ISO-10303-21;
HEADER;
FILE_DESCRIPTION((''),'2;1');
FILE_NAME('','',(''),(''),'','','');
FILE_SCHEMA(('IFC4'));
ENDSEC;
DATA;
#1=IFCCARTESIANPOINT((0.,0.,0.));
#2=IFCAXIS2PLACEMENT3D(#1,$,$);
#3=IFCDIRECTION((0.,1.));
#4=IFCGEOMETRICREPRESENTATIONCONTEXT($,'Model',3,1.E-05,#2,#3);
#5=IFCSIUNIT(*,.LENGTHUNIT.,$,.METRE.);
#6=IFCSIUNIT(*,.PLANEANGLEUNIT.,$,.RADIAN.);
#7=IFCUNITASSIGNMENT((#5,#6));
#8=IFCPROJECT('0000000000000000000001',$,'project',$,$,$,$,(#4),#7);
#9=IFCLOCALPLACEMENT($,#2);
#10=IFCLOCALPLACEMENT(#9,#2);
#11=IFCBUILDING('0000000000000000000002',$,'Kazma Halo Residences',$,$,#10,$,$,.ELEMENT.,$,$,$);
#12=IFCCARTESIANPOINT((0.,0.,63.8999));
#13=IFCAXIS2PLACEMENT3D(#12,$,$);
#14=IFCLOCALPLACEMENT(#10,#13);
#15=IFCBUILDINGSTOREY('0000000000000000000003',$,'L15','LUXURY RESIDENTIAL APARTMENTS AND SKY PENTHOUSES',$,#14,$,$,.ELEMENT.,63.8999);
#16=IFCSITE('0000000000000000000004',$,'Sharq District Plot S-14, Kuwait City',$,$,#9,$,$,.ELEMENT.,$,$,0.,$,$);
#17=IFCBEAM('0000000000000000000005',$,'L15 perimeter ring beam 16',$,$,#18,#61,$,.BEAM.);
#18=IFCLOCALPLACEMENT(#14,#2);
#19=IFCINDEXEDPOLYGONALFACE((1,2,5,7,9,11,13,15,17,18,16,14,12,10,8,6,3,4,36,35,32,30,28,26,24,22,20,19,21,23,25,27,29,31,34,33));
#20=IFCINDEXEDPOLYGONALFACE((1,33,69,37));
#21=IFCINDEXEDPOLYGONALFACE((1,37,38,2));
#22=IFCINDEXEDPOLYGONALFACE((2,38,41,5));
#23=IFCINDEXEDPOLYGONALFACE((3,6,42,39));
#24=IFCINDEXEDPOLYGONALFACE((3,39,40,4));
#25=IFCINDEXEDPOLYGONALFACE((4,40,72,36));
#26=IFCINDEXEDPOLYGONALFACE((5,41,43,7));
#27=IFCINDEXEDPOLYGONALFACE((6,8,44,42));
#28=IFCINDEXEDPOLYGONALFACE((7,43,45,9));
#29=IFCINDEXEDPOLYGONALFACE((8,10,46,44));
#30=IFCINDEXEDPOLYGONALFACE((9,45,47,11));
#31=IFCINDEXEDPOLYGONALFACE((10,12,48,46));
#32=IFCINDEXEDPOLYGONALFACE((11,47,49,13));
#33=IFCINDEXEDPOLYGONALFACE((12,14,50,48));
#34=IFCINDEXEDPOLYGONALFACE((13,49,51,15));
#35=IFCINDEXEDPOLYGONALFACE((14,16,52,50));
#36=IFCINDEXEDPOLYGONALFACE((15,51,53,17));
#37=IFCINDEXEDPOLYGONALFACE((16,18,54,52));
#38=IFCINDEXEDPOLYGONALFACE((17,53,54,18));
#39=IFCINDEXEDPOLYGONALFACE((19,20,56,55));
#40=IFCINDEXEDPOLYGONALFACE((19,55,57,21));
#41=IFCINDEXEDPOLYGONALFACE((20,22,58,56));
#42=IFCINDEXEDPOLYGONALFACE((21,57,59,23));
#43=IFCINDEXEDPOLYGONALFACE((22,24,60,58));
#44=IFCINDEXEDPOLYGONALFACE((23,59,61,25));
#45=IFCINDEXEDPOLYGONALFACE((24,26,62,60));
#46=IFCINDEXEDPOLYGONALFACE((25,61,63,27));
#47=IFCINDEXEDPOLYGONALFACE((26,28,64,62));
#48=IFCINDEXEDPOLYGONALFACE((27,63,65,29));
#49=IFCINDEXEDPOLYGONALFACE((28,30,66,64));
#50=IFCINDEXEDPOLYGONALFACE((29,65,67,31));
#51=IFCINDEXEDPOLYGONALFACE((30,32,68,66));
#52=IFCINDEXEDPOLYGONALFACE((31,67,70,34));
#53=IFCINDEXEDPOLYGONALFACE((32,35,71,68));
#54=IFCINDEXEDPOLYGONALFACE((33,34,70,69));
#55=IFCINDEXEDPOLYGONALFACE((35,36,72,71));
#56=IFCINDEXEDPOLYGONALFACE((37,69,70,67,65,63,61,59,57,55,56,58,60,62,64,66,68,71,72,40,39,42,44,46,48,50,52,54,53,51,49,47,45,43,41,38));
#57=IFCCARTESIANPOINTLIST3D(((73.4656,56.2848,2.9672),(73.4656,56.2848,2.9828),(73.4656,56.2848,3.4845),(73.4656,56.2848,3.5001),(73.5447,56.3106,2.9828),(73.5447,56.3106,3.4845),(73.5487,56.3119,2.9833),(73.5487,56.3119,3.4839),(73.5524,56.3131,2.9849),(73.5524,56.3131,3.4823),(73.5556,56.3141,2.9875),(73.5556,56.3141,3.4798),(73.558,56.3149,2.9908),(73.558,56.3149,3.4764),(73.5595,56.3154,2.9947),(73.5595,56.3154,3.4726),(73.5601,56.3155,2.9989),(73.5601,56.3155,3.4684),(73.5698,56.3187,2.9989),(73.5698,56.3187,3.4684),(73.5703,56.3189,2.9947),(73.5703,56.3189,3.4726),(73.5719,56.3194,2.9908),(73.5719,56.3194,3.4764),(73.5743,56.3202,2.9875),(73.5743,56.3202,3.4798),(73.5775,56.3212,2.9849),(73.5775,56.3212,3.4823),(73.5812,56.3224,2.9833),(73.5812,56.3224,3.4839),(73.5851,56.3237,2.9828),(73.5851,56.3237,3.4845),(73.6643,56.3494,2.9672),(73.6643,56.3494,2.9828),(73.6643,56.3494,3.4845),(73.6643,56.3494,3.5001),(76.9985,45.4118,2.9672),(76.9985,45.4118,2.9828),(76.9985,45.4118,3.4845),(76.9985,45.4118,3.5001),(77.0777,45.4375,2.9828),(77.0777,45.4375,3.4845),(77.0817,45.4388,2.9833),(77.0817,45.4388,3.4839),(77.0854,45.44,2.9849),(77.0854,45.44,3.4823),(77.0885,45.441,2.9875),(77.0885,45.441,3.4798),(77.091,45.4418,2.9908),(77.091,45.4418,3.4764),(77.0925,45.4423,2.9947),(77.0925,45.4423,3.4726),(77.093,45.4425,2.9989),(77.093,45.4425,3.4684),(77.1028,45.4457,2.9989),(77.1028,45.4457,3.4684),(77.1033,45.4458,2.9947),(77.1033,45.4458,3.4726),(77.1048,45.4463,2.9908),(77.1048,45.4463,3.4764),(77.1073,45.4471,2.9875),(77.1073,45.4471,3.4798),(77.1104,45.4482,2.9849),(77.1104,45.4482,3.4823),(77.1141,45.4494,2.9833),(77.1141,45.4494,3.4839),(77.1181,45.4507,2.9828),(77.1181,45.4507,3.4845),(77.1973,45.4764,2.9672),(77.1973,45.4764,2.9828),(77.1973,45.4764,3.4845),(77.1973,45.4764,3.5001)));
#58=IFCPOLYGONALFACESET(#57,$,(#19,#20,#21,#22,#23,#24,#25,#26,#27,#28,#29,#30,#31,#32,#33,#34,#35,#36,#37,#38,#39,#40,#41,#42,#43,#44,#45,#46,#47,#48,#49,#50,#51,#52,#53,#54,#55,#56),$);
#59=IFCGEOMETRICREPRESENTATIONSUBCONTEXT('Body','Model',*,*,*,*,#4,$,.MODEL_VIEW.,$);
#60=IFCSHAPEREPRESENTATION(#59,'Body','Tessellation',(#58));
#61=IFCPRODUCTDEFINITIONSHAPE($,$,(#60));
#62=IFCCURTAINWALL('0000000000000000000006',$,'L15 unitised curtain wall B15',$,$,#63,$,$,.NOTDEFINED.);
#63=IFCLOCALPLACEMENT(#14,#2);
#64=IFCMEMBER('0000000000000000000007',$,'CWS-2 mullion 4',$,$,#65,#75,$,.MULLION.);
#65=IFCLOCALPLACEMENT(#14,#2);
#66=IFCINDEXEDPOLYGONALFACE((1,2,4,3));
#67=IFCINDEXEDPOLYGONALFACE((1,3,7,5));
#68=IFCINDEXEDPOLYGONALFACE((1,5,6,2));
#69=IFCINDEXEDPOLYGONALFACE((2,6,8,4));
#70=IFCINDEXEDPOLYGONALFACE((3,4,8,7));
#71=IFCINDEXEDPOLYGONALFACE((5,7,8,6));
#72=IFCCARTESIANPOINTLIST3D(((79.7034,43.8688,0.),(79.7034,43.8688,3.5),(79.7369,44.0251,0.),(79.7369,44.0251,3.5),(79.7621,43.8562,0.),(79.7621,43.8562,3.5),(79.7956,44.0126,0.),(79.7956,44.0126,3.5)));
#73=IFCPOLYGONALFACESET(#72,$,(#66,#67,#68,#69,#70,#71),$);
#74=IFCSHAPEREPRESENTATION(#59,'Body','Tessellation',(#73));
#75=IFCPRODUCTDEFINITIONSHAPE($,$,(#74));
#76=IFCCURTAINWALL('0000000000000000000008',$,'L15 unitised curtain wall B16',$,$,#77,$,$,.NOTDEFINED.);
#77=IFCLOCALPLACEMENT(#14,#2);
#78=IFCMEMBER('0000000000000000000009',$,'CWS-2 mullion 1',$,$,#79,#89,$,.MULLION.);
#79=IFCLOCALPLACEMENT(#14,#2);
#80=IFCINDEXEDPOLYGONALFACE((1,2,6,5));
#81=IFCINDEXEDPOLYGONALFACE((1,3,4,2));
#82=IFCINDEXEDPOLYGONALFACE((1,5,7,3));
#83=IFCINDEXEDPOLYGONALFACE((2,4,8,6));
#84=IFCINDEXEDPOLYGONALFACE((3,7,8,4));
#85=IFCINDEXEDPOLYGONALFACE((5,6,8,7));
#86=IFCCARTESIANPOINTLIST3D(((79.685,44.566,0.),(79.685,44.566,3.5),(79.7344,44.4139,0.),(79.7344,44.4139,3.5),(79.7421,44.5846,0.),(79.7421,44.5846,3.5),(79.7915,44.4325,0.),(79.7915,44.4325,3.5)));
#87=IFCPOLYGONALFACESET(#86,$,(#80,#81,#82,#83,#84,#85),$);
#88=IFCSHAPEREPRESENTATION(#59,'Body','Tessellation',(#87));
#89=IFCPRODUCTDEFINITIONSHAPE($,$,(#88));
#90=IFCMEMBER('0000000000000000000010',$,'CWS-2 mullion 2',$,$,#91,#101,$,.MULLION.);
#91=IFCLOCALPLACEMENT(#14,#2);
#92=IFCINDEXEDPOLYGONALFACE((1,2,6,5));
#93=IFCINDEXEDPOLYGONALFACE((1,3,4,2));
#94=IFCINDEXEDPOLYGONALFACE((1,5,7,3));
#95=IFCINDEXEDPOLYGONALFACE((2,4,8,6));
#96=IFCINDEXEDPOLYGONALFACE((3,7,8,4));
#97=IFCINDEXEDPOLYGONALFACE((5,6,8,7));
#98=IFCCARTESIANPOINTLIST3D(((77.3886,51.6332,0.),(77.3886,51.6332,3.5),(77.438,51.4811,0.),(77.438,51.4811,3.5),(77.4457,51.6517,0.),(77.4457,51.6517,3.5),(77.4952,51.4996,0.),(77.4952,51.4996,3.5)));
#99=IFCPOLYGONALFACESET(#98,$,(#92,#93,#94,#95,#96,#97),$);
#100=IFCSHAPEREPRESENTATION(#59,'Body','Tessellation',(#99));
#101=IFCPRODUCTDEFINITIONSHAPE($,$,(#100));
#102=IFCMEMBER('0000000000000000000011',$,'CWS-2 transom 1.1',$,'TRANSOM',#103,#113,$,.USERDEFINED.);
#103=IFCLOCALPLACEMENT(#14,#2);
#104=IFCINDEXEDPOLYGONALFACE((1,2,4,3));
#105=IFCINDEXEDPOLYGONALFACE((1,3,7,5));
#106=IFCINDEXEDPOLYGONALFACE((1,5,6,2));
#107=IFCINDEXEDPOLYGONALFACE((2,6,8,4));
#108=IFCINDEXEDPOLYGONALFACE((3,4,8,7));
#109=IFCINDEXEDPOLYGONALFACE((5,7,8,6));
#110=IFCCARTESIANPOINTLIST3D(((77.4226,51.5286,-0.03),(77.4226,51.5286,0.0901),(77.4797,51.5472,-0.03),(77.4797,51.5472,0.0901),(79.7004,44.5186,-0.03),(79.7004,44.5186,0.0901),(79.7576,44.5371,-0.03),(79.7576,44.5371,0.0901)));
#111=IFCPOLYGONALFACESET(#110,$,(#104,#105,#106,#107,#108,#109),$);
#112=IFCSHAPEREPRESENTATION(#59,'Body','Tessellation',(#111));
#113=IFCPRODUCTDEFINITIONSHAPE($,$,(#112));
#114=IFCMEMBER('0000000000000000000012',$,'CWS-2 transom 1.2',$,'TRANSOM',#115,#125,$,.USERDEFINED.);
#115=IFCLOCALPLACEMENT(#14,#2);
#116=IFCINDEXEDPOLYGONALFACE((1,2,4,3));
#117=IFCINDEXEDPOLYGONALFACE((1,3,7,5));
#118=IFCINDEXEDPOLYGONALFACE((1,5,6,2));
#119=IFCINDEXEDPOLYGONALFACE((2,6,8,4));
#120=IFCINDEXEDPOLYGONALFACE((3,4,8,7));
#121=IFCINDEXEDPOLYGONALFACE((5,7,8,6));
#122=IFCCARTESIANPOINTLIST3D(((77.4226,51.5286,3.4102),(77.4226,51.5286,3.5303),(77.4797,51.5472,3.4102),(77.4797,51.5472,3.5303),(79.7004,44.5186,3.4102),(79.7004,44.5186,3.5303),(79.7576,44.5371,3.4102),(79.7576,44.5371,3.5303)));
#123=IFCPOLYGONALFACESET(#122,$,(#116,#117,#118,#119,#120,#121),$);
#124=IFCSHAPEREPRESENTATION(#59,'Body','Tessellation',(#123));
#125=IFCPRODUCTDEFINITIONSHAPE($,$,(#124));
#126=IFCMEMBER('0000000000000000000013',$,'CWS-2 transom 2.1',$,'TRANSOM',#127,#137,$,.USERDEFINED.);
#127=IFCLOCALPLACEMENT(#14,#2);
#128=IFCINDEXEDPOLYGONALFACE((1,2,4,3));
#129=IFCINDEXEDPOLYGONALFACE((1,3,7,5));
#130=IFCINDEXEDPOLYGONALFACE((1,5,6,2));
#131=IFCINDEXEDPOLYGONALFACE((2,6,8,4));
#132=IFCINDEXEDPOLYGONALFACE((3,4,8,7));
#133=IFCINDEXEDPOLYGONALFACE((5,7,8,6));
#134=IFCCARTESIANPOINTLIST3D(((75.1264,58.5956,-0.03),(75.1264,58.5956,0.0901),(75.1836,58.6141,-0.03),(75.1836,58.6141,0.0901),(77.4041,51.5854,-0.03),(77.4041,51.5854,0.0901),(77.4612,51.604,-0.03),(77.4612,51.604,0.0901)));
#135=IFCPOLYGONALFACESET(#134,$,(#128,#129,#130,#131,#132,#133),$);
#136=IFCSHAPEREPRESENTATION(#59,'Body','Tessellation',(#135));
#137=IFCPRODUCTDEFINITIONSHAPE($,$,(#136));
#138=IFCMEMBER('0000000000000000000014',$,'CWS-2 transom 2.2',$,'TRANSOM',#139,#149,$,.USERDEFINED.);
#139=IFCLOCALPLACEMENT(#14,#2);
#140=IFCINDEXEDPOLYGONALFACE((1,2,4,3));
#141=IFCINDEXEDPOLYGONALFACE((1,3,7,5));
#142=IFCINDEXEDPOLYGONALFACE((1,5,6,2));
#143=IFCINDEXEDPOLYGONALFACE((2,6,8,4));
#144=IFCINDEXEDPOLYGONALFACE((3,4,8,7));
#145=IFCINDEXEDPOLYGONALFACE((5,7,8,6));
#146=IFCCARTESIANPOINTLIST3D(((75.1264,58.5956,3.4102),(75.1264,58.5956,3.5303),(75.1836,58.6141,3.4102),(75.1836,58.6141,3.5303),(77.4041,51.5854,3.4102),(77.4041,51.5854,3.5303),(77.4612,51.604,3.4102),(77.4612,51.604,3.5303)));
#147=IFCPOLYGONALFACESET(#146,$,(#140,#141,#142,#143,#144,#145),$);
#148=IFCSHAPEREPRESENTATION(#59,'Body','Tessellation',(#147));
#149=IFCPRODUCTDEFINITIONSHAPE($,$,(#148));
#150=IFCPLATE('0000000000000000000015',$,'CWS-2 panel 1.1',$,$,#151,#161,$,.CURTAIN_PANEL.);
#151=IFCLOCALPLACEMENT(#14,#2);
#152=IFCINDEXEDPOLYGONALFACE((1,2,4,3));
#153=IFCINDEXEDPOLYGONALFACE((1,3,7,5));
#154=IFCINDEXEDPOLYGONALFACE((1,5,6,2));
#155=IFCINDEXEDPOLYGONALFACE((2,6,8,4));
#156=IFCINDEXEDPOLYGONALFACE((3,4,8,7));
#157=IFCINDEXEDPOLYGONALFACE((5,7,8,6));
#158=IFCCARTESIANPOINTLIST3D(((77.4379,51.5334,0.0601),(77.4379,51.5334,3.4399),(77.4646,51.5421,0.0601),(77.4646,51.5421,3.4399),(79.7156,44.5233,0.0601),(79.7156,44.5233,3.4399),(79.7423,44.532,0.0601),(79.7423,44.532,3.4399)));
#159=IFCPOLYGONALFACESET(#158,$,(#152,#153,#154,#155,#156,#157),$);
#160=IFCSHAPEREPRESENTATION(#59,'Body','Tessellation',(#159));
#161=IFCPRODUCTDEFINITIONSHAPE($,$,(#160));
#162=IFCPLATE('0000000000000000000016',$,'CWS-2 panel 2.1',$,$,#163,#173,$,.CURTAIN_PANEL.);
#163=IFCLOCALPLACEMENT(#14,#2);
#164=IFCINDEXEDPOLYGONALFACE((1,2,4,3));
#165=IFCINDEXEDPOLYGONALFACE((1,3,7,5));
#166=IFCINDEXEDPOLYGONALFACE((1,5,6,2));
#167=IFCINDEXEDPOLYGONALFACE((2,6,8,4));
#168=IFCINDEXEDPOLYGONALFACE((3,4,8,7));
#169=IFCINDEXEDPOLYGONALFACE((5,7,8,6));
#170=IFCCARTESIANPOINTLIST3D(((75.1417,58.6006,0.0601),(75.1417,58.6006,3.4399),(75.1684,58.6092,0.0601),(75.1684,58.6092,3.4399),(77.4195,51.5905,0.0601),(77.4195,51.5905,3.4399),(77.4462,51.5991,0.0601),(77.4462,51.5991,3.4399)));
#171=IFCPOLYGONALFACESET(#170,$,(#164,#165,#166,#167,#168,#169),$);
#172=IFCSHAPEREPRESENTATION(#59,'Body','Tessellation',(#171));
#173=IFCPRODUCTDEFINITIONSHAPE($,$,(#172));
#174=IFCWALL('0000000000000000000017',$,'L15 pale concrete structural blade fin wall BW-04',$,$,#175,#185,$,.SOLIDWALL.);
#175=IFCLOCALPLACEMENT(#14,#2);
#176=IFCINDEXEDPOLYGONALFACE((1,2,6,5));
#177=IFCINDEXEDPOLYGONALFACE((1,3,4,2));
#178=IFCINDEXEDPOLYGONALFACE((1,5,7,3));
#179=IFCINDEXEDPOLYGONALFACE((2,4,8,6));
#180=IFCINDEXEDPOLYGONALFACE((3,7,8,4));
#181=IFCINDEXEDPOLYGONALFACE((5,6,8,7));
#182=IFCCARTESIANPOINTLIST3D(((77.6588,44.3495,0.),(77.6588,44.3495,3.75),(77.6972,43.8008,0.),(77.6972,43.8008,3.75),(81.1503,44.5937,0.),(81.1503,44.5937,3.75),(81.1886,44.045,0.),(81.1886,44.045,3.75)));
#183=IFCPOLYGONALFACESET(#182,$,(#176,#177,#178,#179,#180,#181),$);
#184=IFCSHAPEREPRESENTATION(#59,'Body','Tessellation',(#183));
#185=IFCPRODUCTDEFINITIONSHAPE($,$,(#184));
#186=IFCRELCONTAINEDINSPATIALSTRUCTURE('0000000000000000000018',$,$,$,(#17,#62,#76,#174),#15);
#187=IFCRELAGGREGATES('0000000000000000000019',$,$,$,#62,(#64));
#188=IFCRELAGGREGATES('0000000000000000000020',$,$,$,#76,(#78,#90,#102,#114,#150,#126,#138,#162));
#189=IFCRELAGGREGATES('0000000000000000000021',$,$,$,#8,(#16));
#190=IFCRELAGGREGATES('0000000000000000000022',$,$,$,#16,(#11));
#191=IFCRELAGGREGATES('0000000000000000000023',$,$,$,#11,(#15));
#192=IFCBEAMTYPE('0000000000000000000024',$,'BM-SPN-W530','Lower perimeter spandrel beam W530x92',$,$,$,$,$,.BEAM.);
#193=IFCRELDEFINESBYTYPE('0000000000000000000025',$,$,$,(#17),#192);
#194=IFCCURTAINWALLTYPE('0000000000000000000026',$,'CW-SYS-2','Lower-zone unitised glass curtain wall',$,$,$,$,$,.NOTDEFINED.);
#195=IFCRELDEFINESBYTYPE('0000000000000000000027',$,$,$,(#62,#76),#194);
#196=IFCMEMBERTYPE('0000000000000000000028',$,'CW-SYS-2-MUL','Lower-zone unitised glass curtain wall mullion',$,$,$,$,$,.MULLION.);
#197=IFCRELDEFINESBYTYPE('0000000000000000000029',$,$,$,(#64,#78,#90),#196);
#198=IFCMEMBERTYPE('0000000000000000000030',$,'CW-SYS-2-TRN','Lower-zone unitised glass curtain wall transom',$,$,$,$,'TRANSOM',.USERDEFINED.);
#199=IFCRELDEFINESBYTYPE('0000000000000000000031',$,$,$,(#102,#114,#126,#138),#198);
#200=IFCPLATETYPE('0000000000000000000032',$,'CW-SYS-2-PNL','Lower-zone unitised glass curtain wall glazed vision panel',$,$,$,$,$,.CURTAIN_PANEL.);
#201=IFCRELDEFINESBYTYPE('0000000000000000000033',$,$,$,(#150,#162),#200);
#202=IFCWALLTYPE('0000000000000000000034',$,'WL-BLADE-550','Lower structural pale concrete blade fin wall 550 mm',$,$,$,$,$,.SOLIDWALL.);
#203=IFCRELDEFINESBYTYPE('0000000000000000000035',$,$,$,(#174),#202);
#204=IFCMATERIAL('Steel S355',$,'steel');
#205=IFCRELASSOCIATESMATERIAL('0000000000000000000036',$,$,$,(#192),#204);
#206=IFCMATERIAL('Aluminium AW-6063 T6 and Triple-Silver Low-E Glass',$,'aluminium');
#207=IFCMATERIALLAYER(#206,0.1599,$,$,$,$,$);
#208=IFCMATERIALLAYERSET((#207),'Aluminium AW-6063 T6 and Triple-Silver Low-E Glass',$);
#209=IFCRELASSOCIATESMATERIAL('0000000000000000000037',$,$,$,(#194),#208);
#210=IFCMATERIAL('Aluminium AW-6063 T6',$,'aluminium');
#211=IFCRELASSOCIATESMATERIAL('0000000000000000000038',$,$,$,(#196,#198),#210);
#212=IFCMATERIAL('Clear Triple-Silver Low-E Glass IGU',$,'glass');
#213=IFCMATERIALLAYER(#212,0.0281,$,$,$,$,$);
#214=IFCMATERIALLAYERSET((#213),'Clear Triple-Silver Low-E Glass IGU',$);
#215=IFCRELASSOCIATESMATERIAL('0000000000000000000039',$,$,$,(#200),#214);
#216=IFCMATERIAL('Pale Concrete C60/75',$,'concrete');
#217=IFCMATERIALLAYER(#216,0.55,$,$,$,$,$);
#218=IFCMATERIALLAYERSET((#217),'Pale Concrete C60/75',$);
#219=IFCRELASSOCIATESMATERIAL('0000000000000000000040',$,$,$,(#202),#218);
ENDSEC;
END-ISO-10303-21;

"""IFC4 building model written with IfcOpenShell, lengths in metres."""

from ifc_helpers import new_model, si_unit, direction, frame, frame_2d, origin, origin_2d, place, context, subcontext, project, spatial, rectangle, i_section, extrude, material, layer, layer_set, material_profile, profile_set, type_object, element, aggregate, save


model = new_model("IFC4")

# Units and contexts
model_context = context("Model", 3, precision=1e-05, world=origin(), true_north=direction((0.0, 1.0)))
body_context = subcontext(model_context, "Body", "Model", "MODEL_VIEW")
ifc_project = project(units=[si_unit("LENGTHUNIT", "METRE"), si_unit("PLANEANGLEUNIT", "RADIAN")], contexts=[model_context])

# Site, building, storey
site_placement = place(None, origin())
site = spatial("IfcSite", under=ifc_project, at=site_placement, Name="Sharq District Plot S-14, Kuwait City", CompositionType="ELEMENT", RefElevation=0.0)
building_placement = place(site_placement, origin())
building = spatial("IfcBuilding", under=site, at=building_placement, Name="Kazma Halo Residences", CompositionType="ELEMENT")
storey_placement = place(building_placement, frame((0.0, 0.0, 63.8999)))
storey = spatial("IfcBuildingStorey", under=building, at=storey_placement, Name="L15", Description="LUXURY RESIDENTIAL APARTMENTS AND SKY PENTHOUSES", CompositionType="ELEMENT", Elevation=63.8999)

# Beam
ifc_material_1 = material(Name="Steel S355", Category="steel")
ifc_material_profile_1 = material_profile(ifc_material_1, i_section(OverallWidth=0.209, OverallDepth=0.533, WebThickness=0.0103, FlangeThickness=0.0156, FilletRadius=0.0161, at=origin_2d()), Name="W530x92")
ifc_profile_set_1 = profile_set([ifc_material_profile_1], Name="Steel S355")
beam_type_1 = type_object("IfcBeamType", Name="BM-SPN-W530", Description="Lower perimeter spandrel beam W530x92", PredefinedType="BEAM", material=ifc_profile_set_1)
beam_1_placement = place(storey_placement, frame((77.0979, 45.4441, 3.2336), z_axis=(-0.309024, 0.951054, 0.0), x_axis=(-0.951054, -0.309024, 0.0)))
element("IfcBeam", 1, at=beam_1_placement, inside=storey, type_object=beam_type_1, Name="L15 perimeter ring beam 16", PredefinedType="BEAM", context=body_context, shape_type="SweptSolid", body=[
    extrude(i_section(OverallWidth=0.209, OverallDepth=0.533, WebThickness=0.0103, FlangeThickness=0.0156, FilletRadius=0.0161, at=origin_2d()), origin(), (0.0, 0.0, 1.0), 11.4326),
])

# Curtain wall, member
ifc_material_2 = material(Name="Aluminium AW-6063 T6 and Triple-Silver Low-E Glass", Category="aluminium")
ifc_layer_1 = layer(ifc_material_2, 0.1599)
ifc_layer_set_1 = layer_set([ifc_layer_1], Name="Aluminium AW-6063 T6 and Triple-Silver Low-E Glass")
curtain_wall_type = type_object("IfcCurtainWallType", Name="CW-SYS-2", Description="Lower-zone unitised glass curtain wall", PredefinedType="NOTDEFINED", material=ifc_layer_set_1)
curtain_wall_1_placement = place(storey_placement, origin())
curtain_wall_1 = element("IfcCurtainWall", 2, at=curtain_wall_1_placement, inside=storey, type_object=curtain_wall_type, Name="L15 unitised curtain wall B15", PredefinedType="NOTDEFINED")
ifc_material_3 = material(Name="Aluminium AW-6063 T6", Category="aluminium")
ifc_material_profile_2 = material_profile(ifc_material_3, rectangle(XDim=0.0601, YDim=0.1599, at=origin_2d()), Name="CWM-60x160")
ifc_profile_set_2 = profile_set([ifc_material_profile_2], Name="Aluminium AW-6063 T6")
member_type_1 = type_object("IfcMemberType", Name="CW-SYS-2-MUL", Description="Lower-zone unitised glass curtain wall mullion", PredefinedType="MULLION", material=ifc_profile_set_2)
member_1_placement = place(storey_placement, frame((79.7495, 43.9407, 0.0), z_axis=(0.0, 0.0, 1.0), x_axis=(-0.977779, 0.209637, 0.0)))
member_1 = element("IfcMember", 3, at=member_1_placement, type_object=member_type_1, Name="CWS-2 mullion 4", PredefinedType="MULLION", context=body_context, shape_type="SweptSolid", body=[
    extrude(rectangle(XDim=0.0601, YDim=0.1599, at=origin_2d()), origin(), (0.0, 0.0, 1.0), 3.5),
])
aggregate(curtain_wall_1, [member_1])

# Curtain wall, members, plates
curtain_wall_2_placement = place(storey_placement, origin())
curtain_wall_2 = element("IfcCurtainWall", 4, at=curtain_wall_2_placement, inside=storey, type_object=curtain_wall_type, Name="L15 unitised curtain wall B16", PredefinedType="NOTDEFINED")
member_2_placement = place(storey_placement, frame((79.7383, 44.4993, 0.0), z_axis=(0.0, 0.0, 1.0), x_axis=(-0.951057, -0.309017, 0.0)))
member_2 = element("IfcMember", 5, at=member_2_placement, type_object=member_type_1, Name="CWS-2 mullion 1", PredefinedType="MULLION", context=body_context, shape_type="SweptSolid", body=[
    extrude(rectangle(XDim=0.0601, YDim=0.1599, at=origin_2d()), origin(), (0.0, 0.0, 1.0), 3.5),
])
member_3_placement = place(storey_placement, frame((77.4419, 51.5664, 0.0), z_axis=(0.0, 0.0, 1.0), x_axis=(-0.951057, -0.309017, 0.0)))
member_3 = element("IfcMember", 6, at=member_3_placement, type_object=member_type_1, Name="CWS-2 mullion 2", PredefinedType="MULLION", context=body_context, shape_type="SweptSolid", body=[
    extrude(rectangle(XDim=0.0601, YDim=0.1599, at=origin_2d()), origin(), (0.0, 0.0, 1.0), 3.5),
])
ifc_material_profile_3 = material_profile(ifc_material_3, rectangle(XDim=0.0601, YDim=0.1201, at=origin_2d()), Name="CWT-60x120")
ifc_profile_set_3 = profile_set([ifc_material_profile_3], Name="Aluminium AW-6063 T6")
member_type_2 = type_object("IfcMemberType", Name="CW-SYS-2-TRN", Description="Lower-zone unitised glass curtain wall transom", ElementType="TRANSOM", PredefinedType="USERDEFINED", material=ifc_profile_set_3)
member_4_placement = place(storey_placement, frame((79.729, 44.5278, 0.03), z_axis=(-0.309034, 0.951051, 0.0), x_axis=(-0.951051, -0.309034, 0.0)))
member_4 = element("IfcMember", 7, at=member_4_placement, type_object=member_type_2, Name="CWS-2 transom 1.1", ObjectType="TRANSOM", PredefinedType="USERDEFINED", context=body_context, shape_type="SweptSolid", body=[
    extrude(rectangle(XDim=0.0601, YDim=0.1201, at=origin_2d()), origin(), (0.0, 0.0, 1.0), 7.3708),
])
member_5_placement = place(storey_placement, frame((79.729, 44.5278, 3.4702), z_axis=(-0.309034, 0.951051, 0.0), x_axis=(-0.951051, -0.309034, 0.0)))
member_5 = element("IfcMember", 8, at=member_5_placement, type_object=member_type_2, Name="CWS-2 transom 1.2", ObjectType="TRANSOM", PredefinedType="USERDEFINED", context=body_context, shape_type="SweptSolid", body=[
    extrude(rectangle(XDim=0.0601, YDim=0.1201, at=origin_2d()), origin(), (0.0, 0.0, 1.0), 7.3708),
])
member_6_placement = place(storey_placement, frame((77.4326, 51.5947, 0.03), z_axis=(-0.309004, 0.951061, 0.0), x_axis=(-0.951061, -0.309004, 0.0)))
member_6 = element("IfcMember", 9, at=member_6_placement, type_object=member_type_2, Name="CWS-2 transom 2.1", ObjectType="TRANSOM", PredefinedType="USERDEFINED", context=body_context, shape_type="SweptSolid", body=[
    extrude(rectangle(XDim=0.0601, YDim=0.1201, at=origin_2d()), origin(), (0.0, 0.0, 1.0), 7.3708),
])
member_7_placement = place(storey_placement, frame((77.4326, 51.5947, 3.4702), z_axis=(-0.309004, 0.951061, 0.0), x_axis=(-0.951061, -0.309004, 0.0)))
member_7 = element("IfcMember", 10, at=member_7_placement, type_object=member_type_2, Name="CWS-2 transom 2.2", ObjectType="TRANSOM", PredefinedType="USERDEFINED", context=body_context, shape_type="SweptSolid", body=[
    extrude(rectangle(XDim=0.0601, YDim=0.1201, at=origin_2d()), origin(), (0.0, 0.0, 1.0), 7.3708),
])
ifc_material_4 = material(Name="Clear Triple-Silver Low-E Glass IGU", Category="glass")
ifc_layer_2 = layer(ifc_material_4, 0.0281)
ifc_layer_set_2 = layer_set([ifc_layer_2], Name="Clear Triple-Silver Low-E Glass IGU")
plate_type = type_object("IfcPlateType", Name="CW-SYS-2-PNL", Description="Lower-zone unitised glass curtain wall glazed vision panel", PredefinedType="CURTAIN_PANEL", material=ifc_layer_set_2)
plate_1_placement = place(storey_placement, frame((78.5901, 48.0327, 0.0601), z_axis=(0.0, 0.0, 1.0), x_axis=(-0.309017, 0.951057, 0.0)))
plate_1 = element("IfcPlate", 11, at=plate_1_placement, type_object=plate_type, Name="CWS-2 panel 1.1", PredefinedType="CURTAIN_PANEL", context=body_context, shape_type="SweptSolid", body=[
    extrude(rectangle(XDim=7.3708, YDim=0.0281, at=origin_2d()), origin(), (0.0, 0.0, 1.0), 3.3799),
])
plate_2_placement = place(storey_placement, frame((76.2939, 55.0999, 0.0601), z_axis=(0.0, 0.0, 1.0), x_axis=(-0.309017, 0.951057, 0.0)))
plate_2 = element("IfcPlate", 12, at=plate_2_placement, type_object=plate_type, Name="CWS-2 panel 2.1", PredefinedType="CURTAIN_PANEL", context=body_context, shape_type="SweptSolid", body=[
    extrude(rectangle(XDim=7.3708, YDim=0.0281, at=origin_2d()), origin(), (0.0, 0.0, 1.0), 3.3799),
])
aggregate(curtain_wall_2, [member_2, member_3, member_4, member_5, plate_1, member_6, member_7, plate_2])

# Wall
ifc_material_5 = material(Name="Pale Concrete C60/75", Category="concrete")
ifc_layer_3 = layer(ifc_material_5, 0.55)
ifc_layer_set_3 = layer_set([ifc_layer_3], Name="Pale Concrete C60/75")
wall_type_1 = type_object("IfcWallType", Name="WL-BLADE-550", Description="Lower structural pale concrete blade fin wall 550 mm", PredefinedType="SOLIDWALL", material=ifc_layer_set_3)
wall_1_placement = place(storey_placement, frame((77.678, 44.0752, 0.0), z_axis=(0.0, 0.0, 1.0), x_axis=(0.997564, 0.069755, 0.0)))
element("IfcWall", 13, at=wall_1_placement, inside=storey, type_object=wall_type_1, Name="L15 pale concrete structural blade fin wall BW-04", PredefinedType="SOLIDWALL", context=body_context, shape_type="SweptSolid", body=[
    extrude(rectangle(XDim=3.5, YDim=0.55, at=frame_2d((1.75, 0.0))), origin(), (0.0, 0.0, 1.0), 3.75),
])

save(model, "model.ifc")
